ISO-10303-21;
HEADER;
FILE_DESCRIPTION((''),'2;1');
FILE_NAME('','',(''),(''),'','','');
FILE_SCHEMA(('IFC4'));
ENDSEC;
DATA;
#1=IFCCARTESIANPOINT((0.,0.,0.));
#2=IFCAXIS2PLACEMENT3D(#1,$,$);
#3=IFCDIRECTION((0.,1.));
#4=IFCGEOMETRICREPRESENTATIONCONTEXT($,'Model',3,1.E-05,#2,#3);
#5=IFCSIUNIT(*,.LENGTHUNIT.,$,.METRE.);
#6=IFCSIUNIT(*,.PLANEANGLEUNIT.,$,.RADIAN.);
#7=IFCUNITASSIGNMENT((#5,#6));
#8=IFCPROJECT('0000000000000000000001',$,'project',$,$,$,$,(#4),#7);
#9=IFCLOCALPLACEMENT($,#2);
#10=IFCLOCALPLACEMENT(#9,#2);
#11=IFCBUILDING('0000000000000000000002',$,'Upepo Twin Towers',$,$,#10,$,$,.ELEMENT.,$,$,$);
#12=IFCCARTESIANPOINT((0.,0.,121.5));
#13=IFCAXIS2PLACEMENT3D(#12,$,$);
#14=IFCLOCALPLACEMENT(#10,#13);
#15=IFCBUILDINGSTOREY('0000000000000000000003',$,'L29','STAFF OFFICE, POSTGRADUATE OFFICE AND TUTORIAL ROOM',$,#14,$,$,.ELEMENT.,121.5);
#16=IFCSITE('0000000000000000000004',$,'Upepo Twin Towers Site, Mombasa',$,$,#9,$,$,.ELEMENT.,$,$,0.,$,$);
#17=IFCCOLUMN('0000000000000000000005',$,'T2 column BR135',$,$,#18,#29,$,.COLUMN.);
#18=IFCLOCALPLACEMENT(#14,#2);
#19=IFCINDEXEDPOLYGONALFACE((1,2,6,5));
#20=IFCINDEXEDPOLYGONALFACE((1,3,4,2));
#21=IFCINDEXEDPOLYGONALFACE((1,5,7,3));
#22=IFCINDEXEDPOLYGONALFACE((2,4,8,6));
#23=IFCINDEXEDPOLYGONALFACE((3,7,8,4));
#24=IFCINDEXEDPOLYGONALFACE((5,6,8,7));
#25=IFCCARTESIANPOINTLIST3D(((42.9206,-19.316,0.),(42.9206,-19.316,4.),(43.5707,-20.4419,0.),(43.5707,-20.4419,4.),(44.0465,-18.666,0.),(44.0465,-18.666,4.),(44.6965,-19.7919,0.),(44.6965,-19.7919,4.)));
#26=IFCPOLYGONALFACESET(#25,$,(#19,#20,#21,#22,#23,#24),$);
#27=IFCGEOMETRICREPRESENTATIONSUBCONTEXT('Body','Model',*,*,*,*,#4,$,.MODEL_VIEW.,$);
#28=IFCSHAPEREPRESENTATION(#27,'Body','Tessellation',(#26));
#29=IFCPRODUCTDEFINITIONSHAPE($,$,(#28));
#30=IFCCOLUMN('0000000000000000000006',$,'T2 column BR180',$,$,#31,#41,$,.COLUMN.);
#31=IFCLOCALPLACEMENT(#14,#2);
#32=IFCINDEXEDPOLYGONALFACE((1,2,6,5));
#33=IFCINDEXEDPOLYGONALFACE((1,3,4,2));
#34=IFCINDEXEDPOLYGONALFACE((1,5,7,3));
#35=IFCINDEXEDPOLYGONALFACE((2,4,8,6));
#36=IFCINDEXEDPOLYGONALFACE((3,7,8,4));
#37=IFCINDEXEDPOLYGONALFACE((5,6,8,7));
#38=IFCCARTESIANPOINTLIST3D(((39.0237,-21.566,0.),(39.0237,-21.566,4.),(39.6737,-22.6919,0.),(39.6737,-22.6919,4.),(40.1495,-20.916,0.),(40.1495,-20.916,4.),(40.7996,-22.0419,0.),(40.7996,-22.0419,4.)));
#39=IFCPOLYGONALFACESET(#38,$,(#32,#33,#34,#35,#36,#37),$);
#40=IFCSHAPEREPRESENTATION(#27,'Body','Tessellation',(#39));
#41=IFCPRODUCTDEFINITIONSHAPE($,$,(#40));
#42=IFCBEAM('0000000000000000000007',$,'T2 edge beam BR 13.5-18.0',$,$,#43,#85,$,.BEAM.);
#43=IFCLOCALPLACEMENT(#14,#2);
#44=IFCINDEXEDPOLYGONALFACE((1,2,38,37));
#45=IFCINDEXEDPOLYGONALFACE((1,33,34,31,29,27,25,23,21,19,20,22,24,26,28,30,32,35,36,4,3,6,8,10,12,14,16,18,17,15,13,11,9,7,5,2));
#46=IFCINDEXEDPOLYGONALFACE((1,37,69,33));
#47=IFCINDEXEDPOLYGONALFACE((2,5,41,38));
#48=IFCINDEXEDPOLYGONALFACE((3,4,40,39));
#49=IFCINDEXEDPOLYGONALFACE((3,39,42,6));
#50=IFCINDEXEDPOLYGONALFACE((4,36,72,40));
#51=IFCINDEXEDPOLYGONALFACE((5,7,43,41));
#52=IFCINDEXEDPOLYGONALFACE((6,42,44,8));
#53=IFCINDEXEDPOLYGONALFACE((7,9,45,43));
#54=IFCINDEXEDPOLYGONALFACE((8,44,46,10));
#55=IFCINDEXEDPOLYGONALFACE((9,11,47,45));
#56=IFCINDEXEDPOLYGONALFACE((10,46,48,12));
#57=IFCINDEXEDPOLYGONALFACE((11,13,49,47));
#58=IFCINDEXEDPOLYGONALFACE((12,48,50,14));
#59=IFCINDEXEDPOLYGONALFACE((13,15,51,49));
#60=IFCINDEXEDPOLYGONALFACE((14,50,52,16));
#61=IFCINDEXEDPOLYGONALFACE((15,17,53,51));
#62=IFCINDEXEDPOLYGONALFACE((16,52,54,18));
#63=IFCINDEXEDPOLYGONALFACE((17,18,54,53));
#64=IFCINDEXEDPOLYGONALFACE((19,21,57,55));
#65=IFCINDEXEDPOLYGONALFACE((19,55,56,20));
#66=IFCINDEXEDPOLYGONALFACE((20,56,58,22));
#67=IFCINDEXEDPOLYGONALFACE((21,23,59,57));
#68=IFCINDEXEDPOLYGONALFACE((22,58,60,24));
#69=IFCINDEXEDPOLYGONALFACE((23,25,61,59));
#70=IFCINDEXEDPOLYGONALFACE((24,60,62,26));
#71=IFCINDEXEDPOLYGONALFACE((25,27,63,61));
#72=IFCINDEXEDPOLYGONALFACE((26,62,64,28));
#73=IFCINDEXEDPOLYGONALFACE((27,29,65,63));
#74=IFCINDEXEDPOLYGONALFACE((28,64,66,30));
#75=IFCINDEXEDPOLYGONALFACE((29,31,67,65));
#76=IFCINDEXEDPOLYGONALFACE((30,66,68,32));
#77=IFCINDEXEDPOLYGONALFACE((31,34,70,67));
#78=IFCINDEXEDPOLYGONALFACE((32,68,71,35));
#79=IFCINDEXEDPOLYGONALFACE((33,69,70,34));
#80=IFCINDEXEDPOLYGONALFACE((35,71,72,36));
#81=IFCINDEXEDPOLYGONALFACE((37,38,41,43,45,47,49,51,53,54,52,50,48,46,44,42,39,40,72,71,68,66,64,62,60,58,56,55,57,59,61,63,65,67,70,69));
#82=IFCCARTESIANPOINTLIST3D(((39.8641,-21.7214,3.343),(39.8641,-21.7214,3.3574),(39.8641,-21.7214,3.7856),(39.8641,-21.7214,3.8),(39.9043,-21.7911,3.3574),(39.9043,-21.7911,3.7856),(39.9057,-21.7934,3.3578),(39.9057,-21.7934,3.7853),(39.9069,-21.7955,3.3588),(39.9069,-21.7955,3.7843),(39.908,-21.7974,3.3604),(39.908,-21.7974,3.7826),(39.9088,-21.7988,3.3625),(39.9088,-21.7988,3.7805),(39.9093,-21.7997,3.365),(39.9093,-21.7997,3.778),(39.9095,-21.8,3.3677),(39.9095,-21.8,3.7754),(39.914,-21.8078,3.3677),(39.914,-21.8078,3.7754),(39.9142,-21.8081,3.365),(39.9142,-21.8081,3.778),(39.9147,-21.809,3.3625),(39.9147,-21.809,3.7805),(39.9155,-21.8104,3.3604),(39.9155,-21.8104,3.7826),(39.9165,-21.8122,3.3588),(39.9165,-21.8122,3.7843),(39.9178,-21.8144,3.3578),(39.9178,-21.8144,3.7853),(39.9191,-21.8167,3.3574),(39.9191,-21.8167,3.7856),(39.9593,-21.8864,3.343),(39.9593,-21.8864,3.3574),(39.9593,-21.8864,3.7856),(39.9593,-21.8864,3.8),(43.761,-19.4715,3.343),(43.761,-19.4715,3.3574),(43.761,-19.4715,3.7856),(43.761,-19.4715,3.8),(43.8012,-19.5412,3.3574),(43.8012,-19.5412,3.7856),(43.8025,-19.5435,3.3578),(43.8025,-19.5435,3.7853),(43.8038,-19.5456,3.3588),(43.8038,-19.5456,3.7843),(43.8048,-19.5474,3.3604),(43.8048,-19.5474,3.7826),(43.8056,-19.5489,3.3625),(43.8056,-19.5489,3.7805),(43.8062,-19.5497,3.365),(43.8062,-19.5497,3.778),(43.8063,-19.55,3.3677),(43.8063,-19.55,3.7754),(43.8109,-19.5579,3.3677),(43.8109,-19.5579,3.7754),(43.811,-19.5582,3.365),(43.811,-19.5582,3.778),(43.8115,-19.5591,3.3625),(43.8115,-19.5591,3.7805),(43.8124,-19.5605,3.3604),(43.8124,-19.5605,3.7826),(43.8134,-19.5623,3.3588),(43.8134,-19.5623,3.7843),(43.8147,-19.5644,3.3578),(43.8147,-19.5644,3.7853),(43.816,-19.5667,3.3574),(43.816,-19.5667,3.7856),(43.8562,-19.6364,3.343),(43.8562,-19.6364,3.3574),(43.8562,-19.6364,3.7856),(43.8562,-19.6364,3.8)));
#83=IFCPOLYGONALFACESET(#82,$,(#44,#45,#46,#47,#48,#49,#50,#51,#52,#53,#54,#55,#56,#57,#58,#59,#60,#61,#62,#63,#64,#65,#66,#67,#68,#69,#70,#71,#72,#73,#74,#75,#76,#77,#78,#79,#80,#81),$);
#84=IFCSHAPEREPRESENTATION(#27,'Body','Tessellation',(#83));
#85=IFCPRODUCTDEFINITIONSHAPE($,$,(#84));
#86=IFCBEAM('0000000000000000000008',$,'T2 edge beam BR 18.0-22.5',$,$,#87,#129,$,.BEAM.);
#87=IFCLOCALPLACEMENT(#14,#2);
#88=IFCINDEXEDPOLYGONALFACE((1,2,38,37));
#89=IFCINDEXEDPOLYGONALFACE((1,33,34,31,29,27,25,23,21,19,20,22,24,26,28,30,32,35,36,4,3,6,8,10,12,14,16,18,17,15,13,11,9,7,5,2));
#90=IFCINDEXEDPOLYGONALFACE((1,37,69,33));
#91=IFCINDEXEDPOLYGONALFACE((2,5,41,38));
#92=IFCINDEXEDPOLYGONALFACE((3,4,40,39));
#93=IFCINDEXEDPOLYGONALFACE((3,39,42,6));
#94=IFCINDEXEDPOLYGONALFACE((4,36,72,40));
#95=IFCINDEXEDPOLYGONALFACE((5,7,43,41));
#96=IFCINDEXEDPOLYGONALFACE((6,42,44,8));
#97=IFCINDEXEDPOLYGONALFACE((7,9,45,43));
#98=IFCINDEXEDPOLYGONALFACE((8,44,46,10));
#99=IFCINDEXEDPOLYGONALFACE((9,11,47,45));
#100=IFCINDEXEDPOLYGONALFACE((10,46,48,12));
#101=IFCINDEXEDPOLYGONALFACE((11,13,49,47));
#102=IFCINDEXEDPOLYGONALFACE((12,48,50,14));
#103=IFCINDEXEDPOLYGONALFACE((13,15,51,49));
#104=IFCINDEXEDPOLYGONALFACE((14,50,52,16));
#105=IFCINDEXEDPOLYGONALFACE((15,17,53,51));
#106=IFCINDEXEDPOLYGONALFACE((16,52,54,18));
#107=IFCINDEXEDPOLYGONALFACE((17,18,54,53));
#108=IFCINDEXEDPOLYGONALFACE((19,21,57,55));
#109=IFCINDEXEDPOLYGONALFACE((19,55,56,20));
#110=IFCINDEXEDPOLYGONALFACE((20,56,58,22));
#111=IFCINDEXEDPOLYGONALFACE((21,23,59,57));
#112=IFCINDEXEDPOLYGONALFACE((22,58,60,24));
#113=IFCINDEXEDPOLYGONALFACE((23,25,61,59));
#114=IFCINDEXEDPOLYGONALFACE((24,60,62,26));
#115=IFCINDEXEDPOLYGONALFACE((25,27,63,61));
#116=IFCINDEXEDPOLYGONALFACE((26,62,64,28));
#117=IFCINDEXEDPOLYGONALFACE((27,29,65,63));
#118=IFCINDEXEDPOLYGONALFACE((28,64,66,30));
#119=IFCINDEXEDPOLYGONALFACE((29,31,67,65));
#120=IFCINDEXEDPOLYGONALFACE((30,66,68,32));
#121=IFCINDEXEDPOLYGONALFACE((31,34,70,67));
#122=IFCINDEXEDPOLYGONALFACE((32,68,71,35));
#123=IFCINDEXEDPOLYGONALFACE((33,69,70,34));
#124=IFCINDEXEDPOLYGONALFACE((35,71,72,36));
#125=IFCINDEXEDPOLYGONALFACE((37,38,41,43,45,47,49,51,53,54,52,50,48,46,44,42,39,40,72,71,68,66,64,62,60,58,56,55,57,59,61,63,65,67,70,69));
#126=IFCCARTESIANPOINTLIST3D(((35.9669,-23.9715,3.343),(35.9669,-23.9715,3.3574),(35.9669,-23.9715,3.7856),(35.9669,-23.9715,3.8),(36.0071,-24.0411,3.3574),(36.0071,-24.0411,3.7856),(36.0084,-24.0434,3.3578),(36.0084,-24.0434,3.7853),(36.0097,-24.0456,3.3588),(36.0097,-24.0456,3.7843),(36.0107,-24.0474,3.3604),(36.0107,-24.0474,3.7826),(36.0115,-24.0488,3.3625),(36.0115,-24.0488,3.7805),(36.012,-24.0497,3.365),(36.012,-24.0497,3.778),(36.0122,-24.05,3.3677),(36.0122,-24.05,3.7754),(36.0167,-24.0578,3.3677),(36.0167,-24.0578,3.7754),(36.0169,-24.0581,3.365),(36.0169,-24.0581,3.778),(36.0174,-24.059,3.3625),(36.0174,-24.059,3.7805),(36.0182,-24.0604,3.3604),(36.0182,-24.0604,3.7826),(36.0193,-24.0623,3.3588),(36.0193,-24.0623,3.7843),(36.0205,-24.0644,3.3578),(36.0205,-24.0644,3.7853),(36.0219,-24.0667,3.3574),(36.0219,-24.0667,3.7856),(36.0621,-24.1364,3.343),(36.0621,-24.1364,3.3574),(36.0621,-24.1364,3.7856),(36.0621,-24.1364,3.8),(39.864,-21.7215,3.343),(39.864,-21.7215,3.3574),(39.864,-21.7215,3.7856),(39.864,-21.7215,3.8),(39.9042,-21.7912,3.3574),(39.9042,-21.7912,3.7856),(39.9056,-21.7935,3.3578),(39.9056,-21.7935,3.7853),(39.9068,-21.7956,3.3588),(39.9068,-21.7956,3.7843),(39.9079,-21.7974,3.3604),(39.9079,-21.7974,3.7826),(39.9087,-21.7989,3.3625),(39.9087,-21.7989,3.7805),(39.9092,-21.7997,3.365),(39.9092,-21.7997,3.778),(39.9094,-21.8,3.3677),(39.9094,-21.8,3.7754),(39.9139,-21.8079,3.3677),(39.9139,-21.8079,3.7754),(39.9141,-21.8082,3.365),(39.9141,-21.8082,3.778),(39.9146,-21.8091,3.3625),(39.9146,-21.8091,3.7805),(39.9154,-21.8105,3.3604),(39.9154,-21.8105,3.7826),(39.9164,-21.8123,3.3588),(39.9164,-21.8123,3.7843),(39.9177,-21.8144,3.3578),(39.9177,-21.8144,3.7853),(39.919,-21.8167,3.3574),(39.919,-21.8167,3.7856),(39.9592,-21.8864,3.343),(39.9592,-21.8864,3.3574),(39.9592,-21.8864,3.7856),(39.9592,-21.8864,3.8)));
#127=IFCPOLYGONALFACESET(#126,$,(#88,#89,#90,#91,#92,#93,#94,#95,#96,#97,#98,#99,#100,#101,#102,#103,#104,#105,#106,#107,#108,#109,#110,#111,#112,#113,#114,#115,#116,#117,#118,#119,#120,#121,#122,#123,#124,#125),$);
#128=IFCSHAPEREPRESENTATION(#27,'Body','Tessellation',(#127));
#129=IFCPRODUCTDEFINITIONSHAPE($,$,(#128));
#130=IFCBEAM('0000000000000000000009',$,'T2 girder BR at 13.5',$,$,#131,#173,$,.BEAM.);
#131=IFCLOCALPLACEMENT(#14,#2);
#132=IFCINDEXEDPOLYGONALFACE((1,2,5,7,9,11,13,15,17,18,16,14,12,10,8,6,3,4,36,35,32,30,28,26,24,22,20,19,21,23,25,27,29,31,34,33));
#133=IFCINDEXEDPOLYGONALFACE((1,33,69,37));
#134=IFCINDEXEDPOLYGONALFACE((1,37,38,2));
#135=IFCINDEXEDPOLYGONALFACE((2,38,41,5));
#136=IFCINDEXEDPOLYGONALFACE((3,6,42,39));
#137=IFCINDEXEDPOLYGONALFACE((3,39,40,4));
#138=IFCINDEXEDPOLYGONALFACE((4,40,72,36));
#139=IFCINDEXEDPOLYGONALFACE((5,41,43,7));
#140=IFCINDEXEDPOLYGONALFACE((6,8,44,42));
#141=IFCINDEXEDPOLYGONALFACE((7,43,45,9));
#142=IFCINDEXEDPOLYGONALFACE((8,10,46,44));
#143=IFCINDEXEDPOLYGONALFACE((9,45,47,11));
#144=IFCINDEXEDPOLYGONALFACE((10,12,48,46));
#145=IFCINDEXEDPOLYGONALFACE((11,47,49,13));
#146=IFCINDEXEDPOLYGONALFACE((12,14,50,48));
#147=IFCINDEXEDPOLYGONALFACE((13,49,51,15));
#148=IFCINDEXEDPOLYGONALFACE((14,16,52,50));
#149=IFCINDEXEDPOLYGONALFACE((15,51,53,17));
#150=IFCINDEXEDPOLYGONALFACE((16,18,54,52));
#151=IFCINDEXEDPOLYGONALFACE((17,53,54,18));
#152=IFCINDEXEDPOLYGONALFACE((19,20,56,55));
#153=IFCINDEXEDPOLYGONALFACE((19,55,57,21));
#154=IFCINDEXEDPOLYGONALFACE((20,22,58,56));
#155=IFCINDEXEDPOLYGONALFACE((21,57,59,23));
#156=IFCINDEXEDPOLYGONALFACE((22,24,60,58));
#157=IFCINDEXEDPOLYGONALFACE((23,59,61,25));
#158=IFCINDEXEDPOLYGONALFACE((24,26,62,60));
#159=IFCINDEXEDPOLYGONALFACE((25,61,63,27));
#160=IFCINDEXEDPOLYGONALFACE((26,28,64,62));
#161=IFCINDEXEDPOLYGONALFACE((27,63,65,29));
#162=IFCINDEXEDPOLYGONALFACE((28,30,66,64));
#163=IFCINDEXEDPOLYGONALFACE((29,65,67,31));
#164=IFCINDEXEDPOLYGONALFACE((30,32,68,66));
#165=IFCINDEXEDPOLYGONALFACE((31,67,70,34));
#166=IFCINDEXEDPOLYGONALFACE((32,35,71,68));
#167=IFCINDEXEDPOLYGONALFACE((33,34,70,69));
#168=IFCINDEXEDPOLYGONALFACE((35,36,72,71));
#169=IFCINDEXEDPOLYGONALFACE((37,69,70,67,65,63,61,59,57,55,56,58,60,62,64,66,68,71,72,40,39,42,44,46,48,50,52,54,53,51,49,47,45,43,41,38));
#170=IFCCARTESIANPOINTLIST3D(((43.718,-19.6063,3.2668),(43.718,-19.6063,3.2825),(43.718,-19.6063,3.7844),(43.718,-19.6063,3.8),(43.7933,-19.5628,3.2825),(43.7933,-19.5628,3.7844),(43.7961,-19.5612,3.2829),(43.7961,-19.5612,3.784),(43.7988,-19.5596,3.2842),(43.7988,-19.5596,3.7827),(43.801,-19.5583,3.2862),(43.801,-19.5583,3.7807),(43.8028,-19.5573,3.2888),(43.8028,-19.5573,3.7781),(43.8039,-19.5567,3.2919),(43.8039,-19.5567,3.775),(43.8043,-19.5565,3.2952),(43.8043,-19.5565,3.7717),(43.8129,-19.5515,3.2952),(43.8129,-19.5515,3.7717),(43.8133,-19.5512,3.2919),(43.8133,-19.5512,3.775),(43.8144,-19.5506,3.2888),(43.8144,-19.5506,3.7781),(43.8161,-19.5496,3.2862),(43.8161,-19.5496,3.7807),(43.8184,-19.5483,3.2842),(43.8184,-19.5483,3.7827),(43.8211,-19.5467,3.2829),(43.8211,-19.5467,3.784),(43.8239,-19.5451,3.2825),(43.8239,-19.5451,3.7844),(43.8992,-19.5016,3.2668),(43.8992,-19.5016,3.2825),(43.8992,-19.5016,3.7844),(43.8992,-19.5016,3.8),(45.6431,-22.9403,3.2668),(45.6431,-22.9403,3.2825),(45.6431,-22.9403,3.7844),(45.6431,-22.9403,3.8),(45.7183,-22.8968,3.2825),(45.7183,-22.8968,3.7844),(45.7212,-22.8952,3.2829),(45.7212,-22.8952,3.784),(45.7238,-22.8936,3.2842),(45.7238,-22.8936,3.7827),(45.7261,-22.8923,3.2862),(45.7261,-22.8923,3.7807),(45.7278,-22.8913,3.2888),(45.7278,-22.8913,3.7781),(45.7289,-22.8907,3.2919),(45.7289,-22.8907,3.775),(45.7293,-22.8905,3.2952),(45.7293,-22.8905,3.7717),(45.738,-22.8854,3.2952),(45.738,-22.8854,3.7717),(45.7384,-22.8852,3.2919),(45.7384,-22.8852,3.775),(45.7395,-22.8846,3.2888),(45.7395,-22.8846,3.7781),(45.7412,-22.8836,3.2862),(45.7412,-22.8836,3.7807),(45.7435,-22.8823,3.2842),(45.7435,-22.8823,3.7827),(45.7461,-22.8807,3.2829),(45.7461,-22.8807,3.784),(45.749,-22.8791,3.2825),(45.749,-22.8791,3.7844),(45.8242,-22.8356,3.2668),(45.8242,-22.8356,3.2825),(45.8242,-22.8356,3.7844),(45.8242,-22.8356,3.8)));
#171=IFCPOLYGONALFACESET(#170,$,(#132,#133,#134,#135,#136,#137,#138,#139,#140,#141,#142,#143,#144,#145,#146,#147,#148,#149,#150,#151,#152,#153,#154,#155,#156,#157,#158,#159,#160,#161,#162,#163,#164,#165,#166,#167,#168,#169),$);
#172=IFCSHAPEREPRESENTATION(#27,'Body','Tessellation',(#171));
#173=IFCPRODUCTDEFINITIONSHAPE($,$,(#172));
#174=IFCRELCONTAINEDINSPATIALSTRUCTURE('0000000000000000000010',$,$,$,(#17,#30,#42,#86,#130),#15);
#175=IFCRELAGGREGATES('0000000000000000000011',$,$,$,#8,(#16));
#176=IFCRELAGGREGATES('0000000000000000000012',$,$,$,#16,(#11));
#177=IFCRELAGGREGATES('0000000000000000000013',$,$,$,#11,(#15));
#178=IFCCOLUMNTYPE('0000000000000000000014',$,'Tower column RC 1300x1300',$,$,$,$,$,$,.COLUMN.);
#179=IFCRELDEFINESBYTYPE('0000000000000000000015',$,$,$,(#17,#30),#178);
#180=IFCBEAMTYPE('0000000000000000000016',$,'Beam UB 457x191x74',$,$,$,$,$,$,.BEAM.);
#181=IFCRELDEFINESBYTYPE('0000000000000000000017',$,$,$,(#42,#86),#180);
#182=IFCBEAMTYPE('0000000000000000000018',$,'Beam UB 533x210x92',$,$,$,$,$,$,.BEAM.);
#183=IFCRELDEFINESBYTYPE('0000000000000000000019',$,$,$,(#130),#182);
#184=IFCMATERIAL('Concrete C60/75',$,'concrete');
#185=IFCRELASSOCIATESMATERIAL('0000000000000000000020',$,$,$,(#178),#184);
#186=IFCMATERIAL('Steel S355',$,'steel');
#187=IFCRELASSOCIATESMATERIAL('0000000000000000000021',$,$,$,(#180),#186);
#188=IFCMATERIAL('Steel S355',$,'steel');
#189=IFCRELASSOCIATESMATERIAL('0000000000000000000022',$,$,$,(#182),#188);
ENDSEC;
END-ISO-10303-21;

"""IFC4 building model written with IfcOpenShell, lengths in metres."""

from ifc_helpers import new_model, si_unit, direction, frame, origin, origin_2d, place, context, subcontext, project, spatial, rectangle, i_section, extrude, material, material_profile, profile_set, type_object, element, save


model = new_model("IFC4")

# Units and contexts
model_context = context("Model", 3, precision=1e-05, world=origin(), true_north=direction((0.0, 1.0)))
body_context = subcontext(model_context, "Body", "Model", "MODEL_VIEW")
ifc_project = project(units=[si_unit("LENGTHUNIT", "METRE"), si_unit("PLANEANGLEUNIT", "RADIAN")], contexts=[model_context])

# Site, building, storey
site_placement = place(None, origin())
site = spatial("IfcSite", under=ifc_project, at=site_placement, Name="Upepo Twin Towers Site, Mombasa", CompositionType="ELEMENT", RefElevation=0.0)
building_placement = place(site_placement, origin())
building = spatial("IfcBuilding", under=site, at=building_placement, Name="Upepo Twin Towers", CompositionType="ELEMENT")
storey_placement = place(building_placement, frame((0.0, 0.0, 121.5)))
storey = spatial("IfcBuildingStorey", under=building, at=storey_placement, Name="L29", Description="STAFF OFFICE, POSTGRADUATE OFFICE AND TUTORIAL ROOM", CompositionType="ELEMENT", Elevation=121.5)

# Columns
ifc_material_1 = material(Name="Concrete C60/75", Category="concrete")
ifc_material_profile_1 = material_profile(ifc_material_1, rectangle(XDim=1.3, YDim=1.3, at=origin_2d()), Name="RC 1300x1300")
ifc_profile_set_1 = profile_set([ifc_material_profile_1], Name="Concrete C60/75")
column_type = type_object("IfcColumnType", Name="Tower column RC 1300x1300", PredefinedType="COLUMN", material=ifc_profile_set_1)
for number, where, z_axis, x_axis, name in (
    (1, (43.8086, -19.554, 0.0), (0.0, 0.0, 1.0), (0.866025, 0.5, 0.0), "T2 column BR135"),
    (2, (39.9116, -21.804, 0.0), (0.0, 0.0, 1.0), (0.866025, 0.5, 0.0), "T2 column BR180"),
):
    element("IfcColumn", number, at=place(storey_placement, frame(where, z_axis=z_axis, x_axis=x_axis)), inside=storey, type_object=column_type, Name=name, PredefinedType="COLUMN", context=body_context, shape_type="SweptSolid", body=[
        extrude(rectangle(XDim=1.3, YDim=1.3, at=origin_2d()), origin(), (0.0, 0.0, 1.0), 4.0),
    ])

# Beams
ifc_material_2 = material(Name="Steel S355", Category="steel")
ifc_material_profile_2 = material_profile(ifc_material_2, i_section(OverallWidth=0.1904, OverallDepth=0.457, WebThickness=0.009, FlangeThickness=0.0144, FilletRadius=0.0103, at=origin_2d()), Name="UB 457x191x74")
ifc_profile_set_2 = profile_set([ifc_material_profile_2], Name="Steel S355")
beam_type_1 = type_object("IfcBeamType", Name="Beam UB 457x191x74", PredefinedType="BEAM", material=ifc_profile_set_2)
beam_1_placement = place(storey_placement, frame((43.8086, -19.554, 3.5715), z_axis=(-0.866018, -0.500014, 0.0), x_axis=(0.500014, -0.866018, 0.0)))
element("IfcBeam", 3, at=beam_1_placement, inside=storey, type_object=beam_type_1, Name="T2 edge beam BR 13.5-18.0", PredefinedType="BEAM", context=body_context, shape_type="SweptSolid", body=[
    extrude(i_section(OverallWidth=0.1904, OverallDepth=0.457, WebThickness=0.009, FlangeThickness=0.0144, FilletRadius=0.0103, at=origin_2d()), origin(), (0.0, 0.0, 1.0), 4.4998),
])
beam_2_placement = place(storey_placement, frame((39.9116, -21.804, 3.5715), z_axis=(-0.866031, -0.49999, 0.0), x_axis=(0.49999, -0.866031, 0.0)))
element("IfcBeam", 4, at=beam_2_placement, inside=storey, type_object=beam_type_1, Name="T2 edge beam BR 18.0-22.5", PredefinedType="BEAM", context=body_context, shape_type="SweptSolid", body=[
    extrude(i_section(OverallWidth=0.1904, OverallDepth=0.457, WebThickness=0.009, FlangeThickness=0.0144, FilletRadius=0.0103, at=origin_2d()), origin(), (0.0, 0.0, 1.0), 4.5),
])
ifc_material_3 = material(Name="Steel S355", Category="steel")
ifc_material_profile_3 = material_profile(ifc_material_3, i_section(OverallWidth=0.2092, OverallDepth=0.5332, WebThickness=0.01, FlangeThickness=0.0156, FilletRadius=0.0127, at=origin_2d()), Name="UB 533x210x92")
ifc_profile_set_3 = profile_set([ifc_material_profile_3], Name="Steel S355")
beam_type_2 = type_object("IfcBeamType", Name="Beam UB 533x210x92", PredefinedType="BEAM", material=ifc_profile_set_3)
beam_3_placement = place(storey_placement, frame((43.8086, -19.554, 3.5334), z_axis=(0.500034, -0.866006, 0.0), x_axis=(0.866006, 0.500034, 0.0)))
element("IfcBeam", 5, at=beam_3_placement, inside=storey, type_object=beam_type_2, Name="T2 girder BR at 13.5", PredefinedType="BEAM", context=body_context, shape_type="SweptSolid", body=[
    extrude(i_section(OverallWidth=0.2092, OverallDepth=0.5332, WebThickness=0.01, FlangeThickness=0.0156, FilletRadius=0.0127, at=origin_2d()), origin(), (0.0, 0.0, 1.0), 3.8499),
])

save(model, "model.ifc")
